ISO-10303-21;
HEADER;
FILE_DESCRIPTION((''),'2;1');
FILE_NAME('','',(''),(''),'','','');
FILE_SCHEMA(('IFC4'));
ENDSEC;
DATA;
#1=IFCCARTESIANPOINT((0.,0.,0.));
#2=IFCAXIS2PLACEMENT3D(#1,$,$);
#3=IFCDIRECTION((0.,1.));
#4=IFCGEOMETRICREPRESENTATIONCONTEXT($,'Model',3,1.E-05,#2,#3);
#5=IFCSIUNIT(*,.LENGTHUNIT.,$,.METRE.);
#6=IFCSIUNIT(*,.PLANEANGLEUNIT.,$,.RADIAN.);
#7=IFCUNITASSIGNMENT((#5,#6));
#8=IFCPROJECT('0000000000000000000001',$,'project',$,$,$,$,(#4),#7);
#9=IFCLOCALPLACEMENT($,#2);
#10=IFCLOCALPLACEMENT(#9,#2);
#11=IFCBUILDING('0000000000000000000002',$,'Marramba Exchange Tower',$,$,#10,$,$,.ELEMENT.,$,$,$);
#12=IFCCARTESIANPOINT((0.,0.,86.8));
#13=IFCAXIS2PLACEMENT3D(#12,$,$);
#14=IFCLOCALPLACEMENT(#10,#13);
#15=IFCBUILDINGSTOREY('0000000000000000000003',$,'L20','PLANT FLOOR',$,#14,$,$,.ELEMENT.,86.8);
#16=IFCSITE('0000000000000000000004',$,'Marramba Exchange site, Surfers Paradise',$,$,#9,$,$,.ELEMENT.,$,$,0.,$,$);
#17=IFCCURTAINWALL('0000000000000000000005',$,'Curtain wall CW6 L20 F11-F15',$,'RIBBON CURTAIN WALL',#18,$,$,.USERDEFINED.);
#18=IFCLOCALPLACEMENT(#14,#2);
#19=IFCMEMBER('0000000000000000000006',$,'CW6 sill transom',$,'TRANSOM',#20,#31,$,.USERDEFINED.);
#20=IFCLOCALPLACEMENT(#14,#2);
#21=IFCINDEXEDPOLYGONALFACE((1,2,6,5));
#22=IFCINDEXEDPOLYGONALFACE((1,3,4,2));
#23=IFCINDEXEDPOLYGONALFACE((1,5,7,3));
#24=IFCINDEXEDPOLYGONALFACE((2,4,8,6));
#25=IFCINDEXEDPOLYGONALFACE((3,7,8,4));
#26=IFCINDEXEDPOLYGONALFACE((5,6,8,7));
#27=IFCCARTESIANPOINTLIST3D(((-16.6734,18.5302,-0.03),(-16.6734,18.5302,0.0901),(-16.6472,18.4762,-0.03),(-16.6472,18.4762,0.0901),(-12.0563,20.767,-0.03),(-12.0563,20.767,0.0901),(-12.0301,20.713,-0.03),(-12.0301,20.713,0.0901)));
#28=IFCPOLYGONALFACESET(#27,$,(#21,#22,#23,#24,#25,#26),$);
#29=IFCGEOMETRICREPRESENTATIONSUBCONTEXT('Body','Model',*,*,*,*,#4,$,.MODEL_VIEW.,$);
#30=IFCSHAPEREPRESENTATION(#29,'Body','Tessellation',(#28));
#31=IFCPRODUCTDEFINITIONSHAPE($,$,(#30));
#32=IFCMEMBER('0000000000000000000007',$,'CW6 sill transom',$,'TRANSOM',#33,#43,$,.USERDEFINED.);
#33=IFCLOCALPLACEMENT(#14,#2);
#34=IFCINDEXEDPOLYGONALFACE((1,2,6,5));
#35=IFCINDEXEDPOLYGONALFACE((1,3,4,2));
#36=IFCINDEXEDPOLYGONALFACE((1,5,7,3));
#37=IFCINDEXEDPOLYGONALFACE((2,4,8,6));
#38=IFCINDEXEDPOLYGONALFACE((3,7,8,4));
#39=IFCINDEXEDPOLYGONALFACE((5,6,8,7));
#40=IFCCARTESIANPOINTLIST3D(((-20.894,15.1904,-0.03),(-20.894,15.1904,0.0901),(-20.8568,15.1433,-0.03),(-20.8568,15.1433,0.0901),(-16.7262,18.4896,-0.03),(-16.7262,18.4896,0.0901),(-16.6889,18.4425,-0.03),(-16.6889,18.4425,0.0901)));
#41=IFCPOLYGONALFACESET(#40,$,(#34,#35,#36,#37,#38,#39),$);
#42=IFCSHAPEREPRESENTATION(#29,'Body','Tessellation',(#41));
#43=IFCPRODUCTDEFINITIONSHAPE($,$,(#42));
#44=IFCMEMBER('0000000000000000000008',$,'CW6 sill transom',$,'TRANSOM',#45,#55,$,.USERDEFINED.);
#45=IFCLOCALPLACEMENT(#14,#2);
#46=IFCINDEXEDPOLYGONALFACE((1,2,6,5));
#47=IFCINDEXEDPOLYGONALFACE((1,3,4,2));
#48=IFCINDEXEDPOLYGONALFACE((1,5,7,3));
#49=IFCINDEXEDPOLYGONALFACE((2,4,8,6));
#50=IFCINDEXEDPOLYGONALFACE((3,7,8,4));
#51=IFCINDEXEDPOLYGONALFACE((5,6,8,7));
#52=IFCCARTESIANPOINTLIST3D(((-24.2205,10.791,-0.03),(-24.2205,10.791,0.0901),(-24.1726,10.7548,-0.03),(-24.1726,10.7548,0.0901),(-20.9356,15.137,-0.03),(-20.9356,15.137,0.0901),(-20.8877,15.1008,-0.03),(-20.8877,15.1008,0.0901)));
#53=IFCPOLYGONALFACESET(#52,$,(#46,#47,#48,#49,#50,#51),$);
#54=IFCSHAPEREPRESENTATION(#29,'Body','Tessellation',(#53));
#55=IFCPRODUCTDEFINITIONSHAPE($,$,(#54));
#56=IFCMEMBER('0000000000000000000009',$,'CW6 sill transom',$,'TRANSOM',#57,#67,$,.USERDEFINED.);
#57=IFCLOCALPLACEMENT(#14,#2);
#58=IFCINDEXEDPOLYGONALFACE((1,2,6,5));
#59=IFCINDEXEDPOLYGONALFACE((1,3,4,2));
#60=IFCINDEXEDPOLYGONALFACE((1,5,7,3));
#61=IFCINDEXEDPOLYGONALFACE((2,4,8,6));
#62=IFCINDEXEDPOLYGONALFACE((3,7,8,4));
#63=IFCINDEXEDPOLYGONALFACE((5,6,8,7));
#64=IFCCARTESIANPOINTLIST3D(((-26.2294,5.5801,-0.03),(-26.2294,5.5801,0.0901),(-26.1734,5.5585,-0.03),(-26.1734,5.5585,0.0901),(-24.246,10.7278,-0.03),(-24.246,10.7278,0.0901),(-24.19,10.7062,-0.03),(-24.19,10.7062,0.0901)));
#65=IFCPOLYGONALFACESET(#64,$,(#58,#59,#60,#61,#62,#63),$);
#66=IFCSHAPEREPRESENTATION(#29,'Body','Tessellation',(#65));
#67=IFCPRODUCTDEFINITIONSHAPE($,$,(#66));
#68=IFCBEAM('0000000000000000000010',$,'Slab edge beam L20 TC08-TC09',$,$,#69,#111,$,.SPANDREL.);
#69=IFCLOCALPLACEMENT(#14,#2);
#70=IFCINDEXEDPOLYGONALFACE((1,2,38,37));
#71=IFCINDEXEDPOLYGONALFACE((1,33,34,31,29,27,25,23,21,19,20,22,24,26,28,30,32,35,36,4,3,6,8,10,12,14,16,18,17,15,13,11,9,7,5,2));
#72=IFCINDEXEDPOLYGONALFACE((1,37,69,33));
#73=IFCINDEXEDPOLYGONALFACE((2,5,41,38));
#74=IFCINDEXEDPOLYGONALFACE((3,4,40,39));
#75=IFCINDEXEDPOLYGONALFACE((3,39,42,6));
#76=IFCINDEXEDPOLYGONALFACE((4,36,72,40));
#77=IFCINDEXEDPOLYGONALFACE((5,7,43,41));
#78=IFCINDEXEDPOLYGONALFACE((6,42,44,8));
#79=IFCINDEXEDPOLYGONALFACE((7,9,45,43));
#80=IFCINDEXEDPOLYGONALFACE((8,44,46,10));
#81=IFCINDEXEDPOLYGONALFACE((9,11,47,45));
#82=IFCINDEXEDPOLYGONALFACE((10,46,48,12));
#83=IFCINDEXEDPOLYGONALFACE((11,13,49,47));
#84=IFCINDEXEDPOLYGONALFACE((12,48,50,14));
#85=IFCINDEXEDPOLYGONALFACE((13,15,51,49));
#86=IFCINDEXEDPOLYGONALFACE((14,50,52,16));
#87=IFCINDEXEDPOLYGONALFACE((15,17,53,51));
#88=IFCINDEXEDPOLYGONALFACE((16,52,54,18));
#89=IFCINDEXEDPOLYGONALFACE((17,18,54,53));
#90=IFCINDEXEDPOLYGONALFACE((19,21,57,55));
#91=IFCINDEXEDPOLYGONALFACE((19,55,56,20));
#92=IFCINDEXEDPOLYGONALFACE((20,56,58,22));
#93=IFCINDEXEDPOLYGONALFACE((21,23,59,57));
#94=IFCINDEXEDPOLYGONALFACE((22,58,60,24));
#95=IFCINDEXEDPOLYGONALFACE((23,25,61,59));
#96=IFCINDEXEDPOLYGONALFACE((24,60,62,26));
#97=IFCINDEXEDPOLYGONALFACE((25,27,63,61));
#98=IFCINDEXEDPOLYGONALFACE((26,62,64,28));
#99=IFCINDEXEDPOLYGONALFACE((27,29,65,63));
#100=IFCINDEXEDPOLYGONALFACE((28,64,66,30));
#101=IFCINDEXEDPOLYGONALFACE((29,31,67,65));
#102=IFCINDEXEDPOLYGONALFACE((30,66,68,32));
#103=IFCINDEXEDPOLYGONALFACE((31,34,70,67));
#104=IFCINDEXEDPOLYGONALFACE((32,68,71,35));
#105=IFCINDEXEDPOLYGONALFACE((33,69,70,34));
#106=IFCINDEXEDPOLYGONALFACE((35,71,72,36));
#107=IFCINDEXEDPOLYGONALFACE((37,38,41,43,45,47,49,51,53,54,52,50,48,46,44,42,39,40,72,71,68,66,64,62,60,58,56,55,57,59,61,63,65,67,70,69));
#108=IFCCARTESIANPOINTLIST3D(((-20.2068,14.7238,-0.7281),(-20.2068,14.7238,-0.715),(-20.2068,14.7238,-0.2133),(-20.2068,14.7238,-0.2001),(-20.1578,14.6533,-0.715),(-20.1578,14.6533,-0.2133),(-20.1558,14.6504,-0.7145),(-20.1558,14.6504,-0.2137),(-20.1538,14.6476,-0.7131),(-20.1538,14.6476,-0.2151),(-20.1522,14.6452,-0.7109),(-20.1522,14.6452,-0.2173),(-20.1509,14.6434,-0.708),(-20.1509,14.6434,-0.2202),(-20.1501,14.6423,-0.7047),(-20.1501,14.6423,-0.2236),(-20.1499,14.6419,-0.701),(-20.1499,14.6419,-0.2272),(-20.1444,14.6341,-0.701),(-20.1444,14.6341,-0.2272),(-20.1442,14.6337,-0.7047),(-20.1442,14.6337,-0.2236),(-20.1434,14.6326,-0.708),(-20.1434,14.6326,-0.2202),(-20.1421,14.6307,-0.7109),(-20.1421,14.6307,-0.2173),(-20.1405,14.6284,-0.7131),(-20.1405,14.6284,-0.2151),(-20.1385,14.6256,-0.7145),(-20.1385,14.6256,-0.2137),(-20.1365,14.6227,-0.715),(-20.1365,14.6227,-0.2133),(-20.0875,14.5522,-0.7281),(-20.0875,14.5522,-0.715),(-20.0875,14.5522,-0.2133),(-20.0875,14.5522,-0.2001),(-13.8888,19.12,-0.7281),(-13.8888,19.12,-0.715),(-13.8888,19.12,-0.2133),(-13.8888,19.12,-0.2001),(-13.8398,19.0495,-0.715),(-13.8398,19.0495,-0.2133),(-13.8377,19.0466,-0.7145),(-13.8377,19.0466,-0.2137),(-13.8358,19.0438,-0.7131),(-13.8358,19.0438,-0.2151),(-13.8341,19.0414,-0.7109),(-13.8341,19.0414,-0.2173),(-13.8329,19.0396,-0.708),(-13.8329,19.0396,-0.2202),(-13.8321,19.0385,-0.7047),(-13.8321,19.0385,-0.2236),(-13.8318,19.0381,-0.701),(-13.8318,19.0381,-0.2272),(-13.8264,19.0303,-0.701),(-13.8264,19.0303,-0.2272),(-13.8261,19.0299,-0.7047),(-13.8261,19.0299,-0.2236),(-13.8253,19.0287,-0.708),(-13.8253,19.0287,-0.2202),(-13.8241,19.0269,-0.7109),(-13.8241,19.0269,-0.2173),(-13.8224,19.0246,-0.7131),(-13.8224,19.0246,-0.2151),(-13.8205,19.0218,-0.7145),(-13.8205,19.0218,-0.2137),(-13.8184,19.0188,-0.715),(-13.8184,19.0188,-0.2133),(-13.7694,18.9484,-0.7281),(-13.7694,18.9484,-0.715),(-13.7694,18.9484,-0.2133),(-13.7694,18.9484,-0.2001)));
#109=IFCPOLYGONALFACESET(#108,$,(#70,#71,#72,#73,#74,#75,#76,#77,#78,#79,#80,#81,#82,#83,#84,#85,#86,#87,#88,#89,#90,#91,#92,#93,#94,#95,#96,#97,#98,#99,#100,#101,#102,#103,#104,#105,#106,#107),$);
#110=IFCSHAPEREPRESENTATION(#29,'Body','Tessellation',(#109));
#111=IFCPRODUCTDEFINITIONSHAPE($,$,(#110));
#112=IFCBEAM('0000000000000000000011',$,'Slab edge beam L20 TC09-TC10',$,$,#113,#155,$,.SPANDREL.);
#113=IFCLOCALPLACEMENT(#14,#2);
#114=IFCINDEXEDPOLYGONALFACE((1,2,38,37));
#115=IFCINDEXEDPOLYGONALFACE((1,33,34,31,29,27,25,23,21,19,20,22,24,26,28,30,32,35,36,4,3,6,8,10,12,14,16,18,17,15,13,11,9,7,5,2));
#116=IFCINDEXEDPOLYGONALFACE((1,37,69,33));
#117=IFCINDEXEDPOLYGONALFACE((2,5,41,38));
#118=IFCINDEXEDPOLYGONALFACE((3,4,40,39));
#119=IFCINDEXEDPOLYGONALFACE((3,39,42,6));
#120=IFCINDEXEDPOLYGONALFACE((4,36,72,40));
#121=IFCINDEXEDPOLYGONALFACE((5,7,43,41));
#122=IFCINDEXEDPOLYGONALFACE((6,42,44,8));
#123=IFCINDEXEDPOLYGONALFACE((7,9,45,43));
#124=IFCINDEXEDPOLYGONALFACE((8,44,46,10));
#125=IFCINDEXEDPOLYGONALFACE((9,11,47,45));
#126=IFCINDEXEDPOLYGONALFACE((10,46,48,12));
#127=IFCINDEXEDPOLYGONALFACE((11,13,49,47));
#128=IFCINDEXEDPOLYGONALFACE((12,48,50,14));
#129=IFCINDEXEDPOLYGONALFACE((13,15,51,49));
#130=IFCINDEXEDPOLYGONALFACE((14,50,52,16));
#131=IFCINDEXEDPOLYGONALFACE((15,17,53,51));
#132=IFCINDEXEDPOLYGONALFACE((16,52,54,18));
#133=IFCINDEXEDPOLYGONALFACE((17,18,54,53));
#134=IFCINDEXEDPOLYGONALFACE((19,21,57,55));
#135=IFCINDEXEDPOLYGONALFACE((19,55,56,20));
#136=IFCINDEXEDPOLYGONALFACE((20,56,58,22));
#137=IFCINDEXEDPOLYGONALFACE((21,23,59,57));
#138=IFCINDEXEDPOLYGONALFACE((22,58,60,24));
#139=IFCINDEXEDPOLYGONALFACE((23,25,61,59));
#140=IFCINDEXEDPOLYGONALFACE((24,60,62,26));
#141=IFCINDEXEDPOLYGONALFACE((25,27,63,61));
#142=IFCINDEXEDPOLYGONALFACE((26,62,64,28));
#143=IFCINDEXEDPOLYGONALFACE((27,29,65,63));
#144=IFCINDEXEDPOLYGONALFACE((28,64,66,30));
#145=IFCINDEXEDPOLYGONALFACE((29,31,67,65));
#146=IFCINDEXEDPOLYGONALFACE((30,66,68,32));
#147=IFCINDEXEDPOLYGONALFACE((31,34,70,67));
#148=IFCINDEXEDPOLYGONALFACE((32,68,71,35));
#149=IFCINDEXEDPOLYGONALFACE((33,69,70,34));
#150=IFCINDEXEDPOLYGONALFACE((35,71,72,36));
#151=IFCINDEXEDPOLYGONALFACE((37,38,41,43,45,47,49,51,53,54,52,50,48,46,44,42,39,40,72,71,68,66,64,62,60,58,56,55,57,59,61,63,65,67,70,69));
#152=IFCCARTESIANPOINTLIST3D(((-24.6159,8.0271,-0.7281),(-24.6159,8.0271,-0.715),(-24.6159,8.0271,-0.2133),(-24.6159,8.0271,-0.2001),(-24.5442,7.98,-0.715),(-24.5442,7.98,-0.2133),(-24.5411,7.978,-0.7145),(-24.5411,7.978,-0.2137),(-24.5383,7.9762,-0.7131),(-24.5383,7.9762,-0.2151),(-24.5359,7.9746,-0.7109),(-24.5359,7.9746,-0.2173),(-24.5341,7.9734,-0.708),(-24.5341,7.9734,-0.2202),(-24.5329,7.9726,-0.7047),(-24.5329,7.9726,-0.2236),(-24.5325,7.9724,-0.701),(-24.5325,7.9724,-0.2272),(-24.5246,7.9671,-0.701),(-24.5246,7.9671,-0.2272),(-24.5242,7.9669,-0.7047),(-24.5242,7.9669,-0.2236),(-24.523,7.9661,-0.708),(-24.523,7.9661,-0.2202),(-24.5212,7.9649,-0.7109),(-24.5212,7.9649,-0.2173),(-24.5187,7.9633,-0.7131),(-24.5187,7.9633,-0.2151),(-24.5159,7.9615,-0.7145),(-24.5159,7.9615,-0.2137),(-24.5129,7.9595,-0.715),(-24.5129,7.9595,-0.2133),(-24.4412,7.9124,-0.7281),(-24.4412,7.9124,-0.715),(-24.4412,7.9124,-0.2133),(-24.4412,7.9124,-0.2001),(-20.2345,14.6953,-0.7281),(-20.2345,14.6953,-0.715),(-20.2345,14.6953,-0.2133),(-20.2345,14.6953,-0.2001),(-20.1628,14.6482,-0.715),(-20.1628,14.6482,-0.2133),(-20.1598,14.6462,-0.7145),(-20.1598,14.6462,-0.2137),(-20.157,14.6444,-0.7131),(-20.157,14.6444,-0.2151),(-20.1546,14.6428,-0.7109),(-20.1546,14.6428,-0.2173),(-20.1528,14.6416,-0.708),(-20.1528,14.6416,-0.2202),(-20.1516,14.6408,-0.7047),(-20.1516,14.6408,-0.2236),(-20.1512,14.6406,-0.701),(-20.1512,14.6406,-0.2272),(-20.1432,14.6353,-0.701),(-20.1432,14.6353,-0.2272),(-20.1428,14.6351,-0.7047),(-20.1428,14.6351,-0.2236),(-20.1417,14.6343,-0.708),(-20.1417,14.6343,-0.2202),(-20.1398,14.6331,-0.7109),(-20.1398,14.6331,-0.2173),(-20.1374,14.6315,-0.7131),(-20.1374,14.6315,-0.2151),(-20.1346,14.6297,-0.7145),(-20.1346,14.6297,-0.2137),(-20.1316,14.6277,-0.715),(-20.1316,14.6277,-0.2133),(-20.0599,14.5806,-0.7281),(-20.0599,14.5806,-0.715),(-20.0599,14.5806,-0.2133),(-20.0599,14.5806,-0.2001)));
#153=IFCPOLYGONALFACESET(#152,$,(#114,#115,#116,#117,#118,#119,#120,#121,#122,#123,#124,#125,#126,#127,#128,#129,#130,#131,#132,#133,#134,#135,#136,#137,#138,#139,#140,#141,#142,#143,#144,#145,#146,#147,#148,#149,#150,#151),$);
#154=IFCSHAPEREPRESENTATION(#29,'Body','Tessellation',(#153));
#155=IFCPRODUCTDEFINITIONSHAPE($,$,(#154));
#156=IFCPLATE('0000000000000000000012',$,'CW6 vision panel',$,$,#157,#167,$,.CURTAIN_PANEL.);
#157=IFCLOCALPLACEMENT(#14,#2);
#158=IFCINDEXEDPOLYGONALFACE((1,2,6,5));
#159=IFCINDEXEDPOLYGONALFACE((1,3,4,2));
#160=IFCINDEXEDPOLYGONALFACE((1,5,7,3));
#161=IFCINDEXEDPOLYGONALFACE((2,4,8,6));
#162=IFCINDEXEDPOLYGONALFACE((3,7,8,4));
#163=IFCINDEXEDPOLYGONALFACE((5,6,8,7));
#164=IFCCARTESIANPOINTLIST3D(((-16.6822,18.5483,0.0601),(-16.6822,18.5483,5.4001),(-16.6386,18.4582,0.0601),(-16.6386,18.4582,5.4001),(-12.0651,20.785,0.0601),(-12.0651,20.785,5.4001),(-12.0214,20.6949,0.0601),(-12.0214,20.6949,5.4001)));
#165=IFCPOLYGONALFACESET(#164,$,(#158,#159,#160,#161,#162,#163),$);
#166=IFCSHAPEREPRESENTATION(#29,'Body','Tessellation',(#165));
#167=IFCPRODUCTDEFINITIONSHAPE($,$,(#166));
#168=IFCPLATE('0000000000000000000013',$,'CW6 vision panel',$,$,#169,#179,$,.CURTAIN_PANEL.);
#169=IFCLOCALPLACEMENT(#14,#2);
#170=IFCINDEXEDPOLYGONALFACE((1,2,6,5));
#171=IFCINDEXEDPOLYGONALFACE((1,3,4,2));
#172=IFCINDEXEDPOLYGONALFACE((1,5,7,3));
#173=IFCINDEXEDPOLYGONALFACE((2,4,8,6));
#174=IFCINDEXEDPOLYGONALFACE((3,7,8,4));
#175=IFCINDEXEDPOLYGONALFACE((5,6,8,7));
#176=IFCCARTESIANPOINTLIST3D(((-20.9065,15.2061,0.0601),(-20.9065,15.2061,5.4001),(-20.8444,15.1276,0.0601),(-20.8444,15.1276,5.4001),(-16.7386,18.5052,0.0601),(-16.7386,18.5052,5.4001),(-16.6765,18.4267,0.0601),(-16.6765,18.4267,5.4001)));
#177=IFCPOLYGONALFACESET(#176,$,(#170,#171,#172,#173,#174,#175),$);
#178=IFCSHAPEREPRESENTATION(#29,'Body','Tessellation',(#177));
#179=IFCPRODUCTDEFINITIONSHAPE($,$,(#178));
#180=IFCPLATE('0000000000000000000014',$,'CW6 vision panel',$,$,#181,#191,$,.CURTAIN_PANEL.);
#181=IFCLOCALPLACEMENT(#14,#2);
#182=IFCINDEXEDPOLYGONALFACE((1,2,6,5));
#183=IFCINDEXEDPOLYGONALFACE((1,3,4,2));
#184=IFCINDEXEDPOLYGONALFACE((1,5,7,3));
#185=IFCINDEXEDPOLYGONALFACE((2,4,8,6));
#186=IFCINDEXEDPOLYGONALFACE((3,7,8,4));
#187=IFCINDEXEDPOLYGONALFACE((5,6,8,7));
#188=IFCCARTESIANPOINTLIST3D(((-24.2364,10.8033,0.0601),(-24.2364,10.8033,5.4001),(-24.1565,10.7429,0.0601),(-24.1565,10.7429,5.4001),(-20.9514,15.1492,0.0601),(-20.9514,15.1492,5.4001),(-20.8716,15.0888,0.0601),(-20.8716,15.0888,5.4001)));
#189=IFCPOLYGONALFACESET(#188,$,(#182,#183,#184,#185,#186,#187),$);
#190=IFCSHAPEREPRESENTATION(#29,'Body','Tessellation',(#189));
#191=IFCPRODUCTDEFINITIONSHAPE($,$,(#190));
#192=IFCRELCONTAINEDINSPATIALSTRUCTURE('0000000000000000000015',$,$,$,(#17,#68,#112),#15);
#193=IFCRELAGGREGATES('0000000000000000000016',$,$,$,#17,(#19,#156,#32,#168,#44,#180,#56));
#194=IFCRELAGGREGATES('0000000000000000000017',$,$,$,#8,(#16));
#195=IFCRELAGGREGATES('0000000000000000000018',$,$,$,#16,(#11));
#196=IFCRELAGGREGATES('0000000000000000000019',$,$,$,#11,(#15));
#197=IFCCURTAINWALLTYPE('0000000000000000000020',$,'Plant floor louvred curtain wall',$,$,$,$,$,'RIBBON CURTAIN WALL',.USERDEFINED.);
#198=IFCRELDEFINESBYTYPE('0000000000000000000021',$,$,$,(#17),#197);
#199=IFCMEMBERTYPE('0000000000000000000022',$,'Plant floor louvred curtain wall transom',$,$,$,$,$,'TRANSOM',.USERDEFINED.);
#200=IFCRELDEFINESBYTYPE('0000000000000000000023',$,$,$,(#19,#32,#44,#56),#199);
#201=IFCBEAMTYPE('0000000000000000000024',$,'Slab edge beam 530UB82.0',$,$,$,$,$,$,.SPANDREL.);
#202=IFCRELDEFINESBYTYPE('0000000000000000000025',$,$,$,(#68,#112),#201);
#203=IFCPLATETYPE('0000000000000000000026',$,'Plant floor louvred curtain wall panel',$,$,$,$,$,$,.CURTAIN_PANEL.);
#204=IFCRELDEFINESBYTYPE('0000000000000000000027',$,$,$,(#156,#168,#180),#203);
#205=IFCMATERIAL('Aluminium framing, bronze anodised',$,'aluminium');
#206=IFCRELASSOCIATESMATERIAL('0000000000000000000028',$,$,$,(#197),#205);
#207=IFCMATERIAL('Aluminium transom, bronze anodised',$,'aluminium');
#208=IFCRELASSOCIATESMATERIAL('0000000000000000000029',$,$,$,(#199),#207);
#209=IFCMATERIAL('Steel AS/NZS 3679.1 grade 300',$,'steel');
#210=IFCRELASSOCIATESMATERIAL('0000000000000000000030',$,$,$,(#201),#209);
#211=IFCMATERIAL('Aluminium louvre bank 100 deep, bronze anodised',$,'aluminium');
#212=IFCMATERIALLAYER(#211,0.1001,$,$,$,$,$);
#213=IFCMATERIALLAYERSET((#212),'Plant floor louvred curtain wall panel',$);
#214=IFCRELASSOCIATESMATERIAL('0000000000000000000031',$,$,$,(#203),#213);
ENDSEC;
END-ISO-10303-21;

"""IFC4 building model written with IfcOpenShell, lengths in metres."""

from ifc_helpers import new_model, si_unit, direction, frame, origin, origin_2d, place, context, subcontext, project, spatial, rectangle, i_section, extrude, material, layer, layer_set, material_profile, profile_set, type_object, element, aggregate, save


model = new_model("IFC4")

# Units and contexts
model_context = context("Model", 3, precision=1e-05, world=origin(), true_north=direction((0.0, 1.0)))
body_context = subcontext(model_context, "Body", "Model", "MODEL_VIEW")
ifc_project = project(units=[si_unit("LENGTHUNIT", "METRE"), si_unit("PLANEANGLEUNIT", "RADIAN")], contexts=[model_context])

# Site, building, storey
site_placement = place(None, origin())
site = spatial("IfcSite", under=ifc_project, at=site_placement, Name="Marramba Exchange site, Surfers Paradise", CompositionType="ELEMENT", RefElevation=0.0)
building_placement = place(site_placement, origin())
building = spatial("IfcBuilding", under=site, at=building_placement, Name="Marramba Exchange Tower", CompositionType="ELEMENT")
storey_placement = place(building_placement, frame((0.0, 0.0, 86.8)))
storey = spatial("IfcBuildingStorey", under=building, at=storey_placement, Name="L20", Description="PLANT FLOOR", CompositionType="ELEMENT", Elevation=86.8)

# Shared definitions
ifc_material_1 = material(Name="Steel AS/NZS 3679.1 grade 300", Category="steel")

# Curtain wall, members
ifc_material_2 = material(Name="Aluminium framing, bronze anodised", Category="aluminium")
curtain_wall_type = type_object("IfcCurtainWallType", Name="Plant floor louvred curtain wall", ElementType="RIBBON CURTAIN WALL", PredefinedType="USERDEFINED", material=ifc_material_2)
curtain_wall_placement = place(storey_placement, origin())
curtain_wall = element("IfcCurtainWall", 1, at=curtain_wall_placement, inside=storey, type_object=curtain_wall_type, Name="Curtain wall CW6 L20 F11-F15", ObjectType="RIBBON CURTAIN WALL", PredefinedType="USERDEFINED")
ifc_material_3 = material(Name="Aluminium transom, bronze anodised", Category="aluminium")
ifc_material_profile_1 = material_profile(ifc_material_3, rectangle(XDim=0.0601, YDim=0.1201, at=origin_2d()), Name="CW6 transom 60x120")
ifc_profile_set_1 = profile_set([ifc_material_profile_1], Name="Aluminium transom, bronze anodised")
member_type_1 = type_object("IfcMemberType", Name="Plant floor louvred curtain wall transom", ElementType="TRANSOM", PredefinedType="USERDEFINED", material=ifc_profile_set_1)
member_1_placement = place(storey_placement, frame((-12.0432, 20.74, 0.03), z_axis=(-0.899953, -0.435986, 0.0), x_axis=(0.435986, -0.899953, 0.0)))
member_1 = element("IfcMember", 2, at=member_1_placement, type_object=member_type_1, Name="CW6 sill transom", ObjectType="TRANSOM", PredefinedType="USERDEFINED", context=body_context, shape_type="SweptSolid", body=[
    extrude(rectangle(XDim=0.0601, YDim=0.1201, at=origin_2d()), origin(), (0.0, 0.0, 1.0), 5.1304),
])
member_2_placement = place(storey_placement, frame((-16.7075, 18.4661, 0.03), z_axis=(-0.784076, -0.620665, 0.0), x_axis=(0.620665, -0.784076, 0.0)))
member_2 = element("IfcMember", 3, at=member_2_placement, type_object=member_type_1, Name="CW6 sill transom", ObjectType="TRANSOM", PredefinedType="USERDEFINED", context=body_context, shape_type="SweptSolid", body=[
    extrude(rectangle(XDim=0.0601, YDim=0.1201, at=origin_2d()), origin(), (0.0, 0.0, 1.0), 5.3157),
])
member_3_placement = place(storey_placement, frame((-20.9116, 15.1189, 0.03), z_axis=(-0.602986, -0.797752, 0.0), x_axis=(0.797752, -0.602986, 0.0)))
member_3 = element("IfcMember", 4, at=member_3_placement, type_object=member_type_1, Name="CW6 sill transom", ObjectType="TRANSOM", PredefinedType="USERDEFINED", context=body_context, shape_type="SweptSolid", body=[
    extrude(rectangle(XDim=0.0601, YDim=0.1201, at=origin_2d()), origin(), (0.0, 0.0, 1.0), 5.4478),
])
member_4_placement = place(storey_placement, frame((-24.218, 10.717, 0.03), z_axis=(-0.359534, -0.933132, 0.0), x_axis=(0.933132, -0.359534, 0.0)))
member_4 = element("IfcMember", 5, at=member_4_placement, type_object=member_type_1, Name="CW6 sill transom", ObjectType="TRANSOM", PredefinedType="USERDEFINED", context=body_context, shape_type="SweptSolid", body=[
    extrude(rectangle(XDim=0.0601, YDim=0.1201, at=origin_2d()), origin(), (0.0, 0.0, 1.0), 5.5166),
])

# Beams
ifc_material_profile_2 = material_profile(ifc_material_1, i_section(OverallWidth=0.209, OverallDepth=0.5281, WebThickness=0.0095, FlangeThickness=0.0132, FilletRadius=0.0139, at=origin_2d()), Name="530UB82.0")
ifc_profile_set_2 = profile_set([ifc_material_profile_2], Name="Steel AS/NZS 3679.1 grade 300")
beam_type_1 = type_object("IfcBeamType", Name="Slab edge beam 530UB82.0", PredefinedType="SPANDREL", material=ifc_profile_set_2)
beam_1_placement = place(storey_placement, frame((-13.8291, 19.0342, -0.4641), z_axis=(-0.820842, -0.571155, 0.0), x_axis=(0.571155, -0.820842, 0.0)))
element("IfcBeam", 6, at=beam_1_placement, inside=storey, type_object=beam_type_1, Name="Slab edge beam L20 TC08-TC09", PredefinedType="SPANDREL", context=body_context, shape_type="SweptSolid", body=[
    extrude(i_section(OverallWidth=0.209, OverallDepth=0.5281, WebThickness=0.0095, FlangeThickness=0.0132, FilletRadius=0.0139, at=origin_2d()), origin(), (0.0, 0.0, 1.0), 7.697),
])
beam_2_placement = place(storey_placement, frame((-20.1472, 14.6379, -0.4641), z_axis=(-0.549124, -0.835741, 0.0), x_axis=(0.835741, -0.549124, 0.0)))
element("IfcBeam", 7, at=beam_2_placement, inside=storey, type_object=beam_type_1, Name="Slab edge beam L20 TC09-TC10", PredefinedType="SPANDREL", context=body_context, shape_type="SweptSolid", body=[
    extrude(i_section(OverallWidth=0.209, OverallDepth=0.5281, WebThickness=0.0095, FlangeThickness=0.0132, FilletRadius=0.0139, at=origin_2d()), origin(), (0.0, 0.0, 1.0), 7.9788),
])

# Plates
ifc_material_4 = material(Name="Aluminium louvre bank 100 deep, bronze anodised", Category="aluminium")
ifc_layer_1 = layer(ifc_material_4, 0.1001)
ifc_layer_set_1 = layer_set([ifc_layer_1], Name="Plant floor louvred curtain wall panel")
plate_type = type_object("IfcPlateType", Name="Plant floor louvred curtain wall panel", PredefinedType="CURTAIN_PANEL", material=ifc_layer_set_1)
plate_1_placement = place(storey_placement, frame((-14.3518, 19.6216, 0.0601), z_axis=(0.0, 0.0, 1.0), x_axis=(-0.899963, -0.435965, 0.0)))
plate_1 = element("IfcPlate", 8, at=plate_1_placement, type_object=plate_type, Name="CW6 vision panel", PredefinedType="CURTAIN_PANEL", context=body_context, shape_type="SweptSolid", body=[
    extrude(rectangle(XDim=5.1304, YDim=0.1001, at=origin_2d()), origin(), (0.0, 0.0, 1.0), 5.3401),
])
plate_2_placement = place(storey_placement, frame((-18.7915, 16.8164, 0.0601), z_axis=(0.0, 0.0, 1.0), x_axis=(-0.784088, -0.62065, 0.0)))
plate_2 = element("IfcPlate", 9, at=plate_2_placement, type_object=plate_type, Name="CW6 vision panel", PredefinedType="CURTAIN_PANEL", context=body_context, shape_type="SweptSolid", body=[
    extrude(rectangle(XDim=5.3157, YDim=0.1001, at=origin_2d()), origin(), (0.0, 0.0, 1.0), 5.3401),
])
plate_3_placement = place(storey_placement, frame((-22.554, 12.946, 0.0601), z_axis=(0.0, 0.0, 1.0), x_axis=(-0.60299, -0.797749, 0.0)))
plate_3 = element("IfcPlate", 10, at=plate_3_placement, type_object=plate_type, Name="CW6 vision panel", PredefinedType="CURTAIN_PANEL", context=body_context, shape_type="SweptSolid", body=[
    extrude(rectangle(XDim=5.4478, YDim=0.1001, at=origin_2d()), origin(), (0.0, 0.0, 1.0), 5.3401),
])
aggregate(curtain_wall, [member_1, plate_1, member_2, plate_2, member_3, plate_3, member_4])

save(model, "model.ifc")
